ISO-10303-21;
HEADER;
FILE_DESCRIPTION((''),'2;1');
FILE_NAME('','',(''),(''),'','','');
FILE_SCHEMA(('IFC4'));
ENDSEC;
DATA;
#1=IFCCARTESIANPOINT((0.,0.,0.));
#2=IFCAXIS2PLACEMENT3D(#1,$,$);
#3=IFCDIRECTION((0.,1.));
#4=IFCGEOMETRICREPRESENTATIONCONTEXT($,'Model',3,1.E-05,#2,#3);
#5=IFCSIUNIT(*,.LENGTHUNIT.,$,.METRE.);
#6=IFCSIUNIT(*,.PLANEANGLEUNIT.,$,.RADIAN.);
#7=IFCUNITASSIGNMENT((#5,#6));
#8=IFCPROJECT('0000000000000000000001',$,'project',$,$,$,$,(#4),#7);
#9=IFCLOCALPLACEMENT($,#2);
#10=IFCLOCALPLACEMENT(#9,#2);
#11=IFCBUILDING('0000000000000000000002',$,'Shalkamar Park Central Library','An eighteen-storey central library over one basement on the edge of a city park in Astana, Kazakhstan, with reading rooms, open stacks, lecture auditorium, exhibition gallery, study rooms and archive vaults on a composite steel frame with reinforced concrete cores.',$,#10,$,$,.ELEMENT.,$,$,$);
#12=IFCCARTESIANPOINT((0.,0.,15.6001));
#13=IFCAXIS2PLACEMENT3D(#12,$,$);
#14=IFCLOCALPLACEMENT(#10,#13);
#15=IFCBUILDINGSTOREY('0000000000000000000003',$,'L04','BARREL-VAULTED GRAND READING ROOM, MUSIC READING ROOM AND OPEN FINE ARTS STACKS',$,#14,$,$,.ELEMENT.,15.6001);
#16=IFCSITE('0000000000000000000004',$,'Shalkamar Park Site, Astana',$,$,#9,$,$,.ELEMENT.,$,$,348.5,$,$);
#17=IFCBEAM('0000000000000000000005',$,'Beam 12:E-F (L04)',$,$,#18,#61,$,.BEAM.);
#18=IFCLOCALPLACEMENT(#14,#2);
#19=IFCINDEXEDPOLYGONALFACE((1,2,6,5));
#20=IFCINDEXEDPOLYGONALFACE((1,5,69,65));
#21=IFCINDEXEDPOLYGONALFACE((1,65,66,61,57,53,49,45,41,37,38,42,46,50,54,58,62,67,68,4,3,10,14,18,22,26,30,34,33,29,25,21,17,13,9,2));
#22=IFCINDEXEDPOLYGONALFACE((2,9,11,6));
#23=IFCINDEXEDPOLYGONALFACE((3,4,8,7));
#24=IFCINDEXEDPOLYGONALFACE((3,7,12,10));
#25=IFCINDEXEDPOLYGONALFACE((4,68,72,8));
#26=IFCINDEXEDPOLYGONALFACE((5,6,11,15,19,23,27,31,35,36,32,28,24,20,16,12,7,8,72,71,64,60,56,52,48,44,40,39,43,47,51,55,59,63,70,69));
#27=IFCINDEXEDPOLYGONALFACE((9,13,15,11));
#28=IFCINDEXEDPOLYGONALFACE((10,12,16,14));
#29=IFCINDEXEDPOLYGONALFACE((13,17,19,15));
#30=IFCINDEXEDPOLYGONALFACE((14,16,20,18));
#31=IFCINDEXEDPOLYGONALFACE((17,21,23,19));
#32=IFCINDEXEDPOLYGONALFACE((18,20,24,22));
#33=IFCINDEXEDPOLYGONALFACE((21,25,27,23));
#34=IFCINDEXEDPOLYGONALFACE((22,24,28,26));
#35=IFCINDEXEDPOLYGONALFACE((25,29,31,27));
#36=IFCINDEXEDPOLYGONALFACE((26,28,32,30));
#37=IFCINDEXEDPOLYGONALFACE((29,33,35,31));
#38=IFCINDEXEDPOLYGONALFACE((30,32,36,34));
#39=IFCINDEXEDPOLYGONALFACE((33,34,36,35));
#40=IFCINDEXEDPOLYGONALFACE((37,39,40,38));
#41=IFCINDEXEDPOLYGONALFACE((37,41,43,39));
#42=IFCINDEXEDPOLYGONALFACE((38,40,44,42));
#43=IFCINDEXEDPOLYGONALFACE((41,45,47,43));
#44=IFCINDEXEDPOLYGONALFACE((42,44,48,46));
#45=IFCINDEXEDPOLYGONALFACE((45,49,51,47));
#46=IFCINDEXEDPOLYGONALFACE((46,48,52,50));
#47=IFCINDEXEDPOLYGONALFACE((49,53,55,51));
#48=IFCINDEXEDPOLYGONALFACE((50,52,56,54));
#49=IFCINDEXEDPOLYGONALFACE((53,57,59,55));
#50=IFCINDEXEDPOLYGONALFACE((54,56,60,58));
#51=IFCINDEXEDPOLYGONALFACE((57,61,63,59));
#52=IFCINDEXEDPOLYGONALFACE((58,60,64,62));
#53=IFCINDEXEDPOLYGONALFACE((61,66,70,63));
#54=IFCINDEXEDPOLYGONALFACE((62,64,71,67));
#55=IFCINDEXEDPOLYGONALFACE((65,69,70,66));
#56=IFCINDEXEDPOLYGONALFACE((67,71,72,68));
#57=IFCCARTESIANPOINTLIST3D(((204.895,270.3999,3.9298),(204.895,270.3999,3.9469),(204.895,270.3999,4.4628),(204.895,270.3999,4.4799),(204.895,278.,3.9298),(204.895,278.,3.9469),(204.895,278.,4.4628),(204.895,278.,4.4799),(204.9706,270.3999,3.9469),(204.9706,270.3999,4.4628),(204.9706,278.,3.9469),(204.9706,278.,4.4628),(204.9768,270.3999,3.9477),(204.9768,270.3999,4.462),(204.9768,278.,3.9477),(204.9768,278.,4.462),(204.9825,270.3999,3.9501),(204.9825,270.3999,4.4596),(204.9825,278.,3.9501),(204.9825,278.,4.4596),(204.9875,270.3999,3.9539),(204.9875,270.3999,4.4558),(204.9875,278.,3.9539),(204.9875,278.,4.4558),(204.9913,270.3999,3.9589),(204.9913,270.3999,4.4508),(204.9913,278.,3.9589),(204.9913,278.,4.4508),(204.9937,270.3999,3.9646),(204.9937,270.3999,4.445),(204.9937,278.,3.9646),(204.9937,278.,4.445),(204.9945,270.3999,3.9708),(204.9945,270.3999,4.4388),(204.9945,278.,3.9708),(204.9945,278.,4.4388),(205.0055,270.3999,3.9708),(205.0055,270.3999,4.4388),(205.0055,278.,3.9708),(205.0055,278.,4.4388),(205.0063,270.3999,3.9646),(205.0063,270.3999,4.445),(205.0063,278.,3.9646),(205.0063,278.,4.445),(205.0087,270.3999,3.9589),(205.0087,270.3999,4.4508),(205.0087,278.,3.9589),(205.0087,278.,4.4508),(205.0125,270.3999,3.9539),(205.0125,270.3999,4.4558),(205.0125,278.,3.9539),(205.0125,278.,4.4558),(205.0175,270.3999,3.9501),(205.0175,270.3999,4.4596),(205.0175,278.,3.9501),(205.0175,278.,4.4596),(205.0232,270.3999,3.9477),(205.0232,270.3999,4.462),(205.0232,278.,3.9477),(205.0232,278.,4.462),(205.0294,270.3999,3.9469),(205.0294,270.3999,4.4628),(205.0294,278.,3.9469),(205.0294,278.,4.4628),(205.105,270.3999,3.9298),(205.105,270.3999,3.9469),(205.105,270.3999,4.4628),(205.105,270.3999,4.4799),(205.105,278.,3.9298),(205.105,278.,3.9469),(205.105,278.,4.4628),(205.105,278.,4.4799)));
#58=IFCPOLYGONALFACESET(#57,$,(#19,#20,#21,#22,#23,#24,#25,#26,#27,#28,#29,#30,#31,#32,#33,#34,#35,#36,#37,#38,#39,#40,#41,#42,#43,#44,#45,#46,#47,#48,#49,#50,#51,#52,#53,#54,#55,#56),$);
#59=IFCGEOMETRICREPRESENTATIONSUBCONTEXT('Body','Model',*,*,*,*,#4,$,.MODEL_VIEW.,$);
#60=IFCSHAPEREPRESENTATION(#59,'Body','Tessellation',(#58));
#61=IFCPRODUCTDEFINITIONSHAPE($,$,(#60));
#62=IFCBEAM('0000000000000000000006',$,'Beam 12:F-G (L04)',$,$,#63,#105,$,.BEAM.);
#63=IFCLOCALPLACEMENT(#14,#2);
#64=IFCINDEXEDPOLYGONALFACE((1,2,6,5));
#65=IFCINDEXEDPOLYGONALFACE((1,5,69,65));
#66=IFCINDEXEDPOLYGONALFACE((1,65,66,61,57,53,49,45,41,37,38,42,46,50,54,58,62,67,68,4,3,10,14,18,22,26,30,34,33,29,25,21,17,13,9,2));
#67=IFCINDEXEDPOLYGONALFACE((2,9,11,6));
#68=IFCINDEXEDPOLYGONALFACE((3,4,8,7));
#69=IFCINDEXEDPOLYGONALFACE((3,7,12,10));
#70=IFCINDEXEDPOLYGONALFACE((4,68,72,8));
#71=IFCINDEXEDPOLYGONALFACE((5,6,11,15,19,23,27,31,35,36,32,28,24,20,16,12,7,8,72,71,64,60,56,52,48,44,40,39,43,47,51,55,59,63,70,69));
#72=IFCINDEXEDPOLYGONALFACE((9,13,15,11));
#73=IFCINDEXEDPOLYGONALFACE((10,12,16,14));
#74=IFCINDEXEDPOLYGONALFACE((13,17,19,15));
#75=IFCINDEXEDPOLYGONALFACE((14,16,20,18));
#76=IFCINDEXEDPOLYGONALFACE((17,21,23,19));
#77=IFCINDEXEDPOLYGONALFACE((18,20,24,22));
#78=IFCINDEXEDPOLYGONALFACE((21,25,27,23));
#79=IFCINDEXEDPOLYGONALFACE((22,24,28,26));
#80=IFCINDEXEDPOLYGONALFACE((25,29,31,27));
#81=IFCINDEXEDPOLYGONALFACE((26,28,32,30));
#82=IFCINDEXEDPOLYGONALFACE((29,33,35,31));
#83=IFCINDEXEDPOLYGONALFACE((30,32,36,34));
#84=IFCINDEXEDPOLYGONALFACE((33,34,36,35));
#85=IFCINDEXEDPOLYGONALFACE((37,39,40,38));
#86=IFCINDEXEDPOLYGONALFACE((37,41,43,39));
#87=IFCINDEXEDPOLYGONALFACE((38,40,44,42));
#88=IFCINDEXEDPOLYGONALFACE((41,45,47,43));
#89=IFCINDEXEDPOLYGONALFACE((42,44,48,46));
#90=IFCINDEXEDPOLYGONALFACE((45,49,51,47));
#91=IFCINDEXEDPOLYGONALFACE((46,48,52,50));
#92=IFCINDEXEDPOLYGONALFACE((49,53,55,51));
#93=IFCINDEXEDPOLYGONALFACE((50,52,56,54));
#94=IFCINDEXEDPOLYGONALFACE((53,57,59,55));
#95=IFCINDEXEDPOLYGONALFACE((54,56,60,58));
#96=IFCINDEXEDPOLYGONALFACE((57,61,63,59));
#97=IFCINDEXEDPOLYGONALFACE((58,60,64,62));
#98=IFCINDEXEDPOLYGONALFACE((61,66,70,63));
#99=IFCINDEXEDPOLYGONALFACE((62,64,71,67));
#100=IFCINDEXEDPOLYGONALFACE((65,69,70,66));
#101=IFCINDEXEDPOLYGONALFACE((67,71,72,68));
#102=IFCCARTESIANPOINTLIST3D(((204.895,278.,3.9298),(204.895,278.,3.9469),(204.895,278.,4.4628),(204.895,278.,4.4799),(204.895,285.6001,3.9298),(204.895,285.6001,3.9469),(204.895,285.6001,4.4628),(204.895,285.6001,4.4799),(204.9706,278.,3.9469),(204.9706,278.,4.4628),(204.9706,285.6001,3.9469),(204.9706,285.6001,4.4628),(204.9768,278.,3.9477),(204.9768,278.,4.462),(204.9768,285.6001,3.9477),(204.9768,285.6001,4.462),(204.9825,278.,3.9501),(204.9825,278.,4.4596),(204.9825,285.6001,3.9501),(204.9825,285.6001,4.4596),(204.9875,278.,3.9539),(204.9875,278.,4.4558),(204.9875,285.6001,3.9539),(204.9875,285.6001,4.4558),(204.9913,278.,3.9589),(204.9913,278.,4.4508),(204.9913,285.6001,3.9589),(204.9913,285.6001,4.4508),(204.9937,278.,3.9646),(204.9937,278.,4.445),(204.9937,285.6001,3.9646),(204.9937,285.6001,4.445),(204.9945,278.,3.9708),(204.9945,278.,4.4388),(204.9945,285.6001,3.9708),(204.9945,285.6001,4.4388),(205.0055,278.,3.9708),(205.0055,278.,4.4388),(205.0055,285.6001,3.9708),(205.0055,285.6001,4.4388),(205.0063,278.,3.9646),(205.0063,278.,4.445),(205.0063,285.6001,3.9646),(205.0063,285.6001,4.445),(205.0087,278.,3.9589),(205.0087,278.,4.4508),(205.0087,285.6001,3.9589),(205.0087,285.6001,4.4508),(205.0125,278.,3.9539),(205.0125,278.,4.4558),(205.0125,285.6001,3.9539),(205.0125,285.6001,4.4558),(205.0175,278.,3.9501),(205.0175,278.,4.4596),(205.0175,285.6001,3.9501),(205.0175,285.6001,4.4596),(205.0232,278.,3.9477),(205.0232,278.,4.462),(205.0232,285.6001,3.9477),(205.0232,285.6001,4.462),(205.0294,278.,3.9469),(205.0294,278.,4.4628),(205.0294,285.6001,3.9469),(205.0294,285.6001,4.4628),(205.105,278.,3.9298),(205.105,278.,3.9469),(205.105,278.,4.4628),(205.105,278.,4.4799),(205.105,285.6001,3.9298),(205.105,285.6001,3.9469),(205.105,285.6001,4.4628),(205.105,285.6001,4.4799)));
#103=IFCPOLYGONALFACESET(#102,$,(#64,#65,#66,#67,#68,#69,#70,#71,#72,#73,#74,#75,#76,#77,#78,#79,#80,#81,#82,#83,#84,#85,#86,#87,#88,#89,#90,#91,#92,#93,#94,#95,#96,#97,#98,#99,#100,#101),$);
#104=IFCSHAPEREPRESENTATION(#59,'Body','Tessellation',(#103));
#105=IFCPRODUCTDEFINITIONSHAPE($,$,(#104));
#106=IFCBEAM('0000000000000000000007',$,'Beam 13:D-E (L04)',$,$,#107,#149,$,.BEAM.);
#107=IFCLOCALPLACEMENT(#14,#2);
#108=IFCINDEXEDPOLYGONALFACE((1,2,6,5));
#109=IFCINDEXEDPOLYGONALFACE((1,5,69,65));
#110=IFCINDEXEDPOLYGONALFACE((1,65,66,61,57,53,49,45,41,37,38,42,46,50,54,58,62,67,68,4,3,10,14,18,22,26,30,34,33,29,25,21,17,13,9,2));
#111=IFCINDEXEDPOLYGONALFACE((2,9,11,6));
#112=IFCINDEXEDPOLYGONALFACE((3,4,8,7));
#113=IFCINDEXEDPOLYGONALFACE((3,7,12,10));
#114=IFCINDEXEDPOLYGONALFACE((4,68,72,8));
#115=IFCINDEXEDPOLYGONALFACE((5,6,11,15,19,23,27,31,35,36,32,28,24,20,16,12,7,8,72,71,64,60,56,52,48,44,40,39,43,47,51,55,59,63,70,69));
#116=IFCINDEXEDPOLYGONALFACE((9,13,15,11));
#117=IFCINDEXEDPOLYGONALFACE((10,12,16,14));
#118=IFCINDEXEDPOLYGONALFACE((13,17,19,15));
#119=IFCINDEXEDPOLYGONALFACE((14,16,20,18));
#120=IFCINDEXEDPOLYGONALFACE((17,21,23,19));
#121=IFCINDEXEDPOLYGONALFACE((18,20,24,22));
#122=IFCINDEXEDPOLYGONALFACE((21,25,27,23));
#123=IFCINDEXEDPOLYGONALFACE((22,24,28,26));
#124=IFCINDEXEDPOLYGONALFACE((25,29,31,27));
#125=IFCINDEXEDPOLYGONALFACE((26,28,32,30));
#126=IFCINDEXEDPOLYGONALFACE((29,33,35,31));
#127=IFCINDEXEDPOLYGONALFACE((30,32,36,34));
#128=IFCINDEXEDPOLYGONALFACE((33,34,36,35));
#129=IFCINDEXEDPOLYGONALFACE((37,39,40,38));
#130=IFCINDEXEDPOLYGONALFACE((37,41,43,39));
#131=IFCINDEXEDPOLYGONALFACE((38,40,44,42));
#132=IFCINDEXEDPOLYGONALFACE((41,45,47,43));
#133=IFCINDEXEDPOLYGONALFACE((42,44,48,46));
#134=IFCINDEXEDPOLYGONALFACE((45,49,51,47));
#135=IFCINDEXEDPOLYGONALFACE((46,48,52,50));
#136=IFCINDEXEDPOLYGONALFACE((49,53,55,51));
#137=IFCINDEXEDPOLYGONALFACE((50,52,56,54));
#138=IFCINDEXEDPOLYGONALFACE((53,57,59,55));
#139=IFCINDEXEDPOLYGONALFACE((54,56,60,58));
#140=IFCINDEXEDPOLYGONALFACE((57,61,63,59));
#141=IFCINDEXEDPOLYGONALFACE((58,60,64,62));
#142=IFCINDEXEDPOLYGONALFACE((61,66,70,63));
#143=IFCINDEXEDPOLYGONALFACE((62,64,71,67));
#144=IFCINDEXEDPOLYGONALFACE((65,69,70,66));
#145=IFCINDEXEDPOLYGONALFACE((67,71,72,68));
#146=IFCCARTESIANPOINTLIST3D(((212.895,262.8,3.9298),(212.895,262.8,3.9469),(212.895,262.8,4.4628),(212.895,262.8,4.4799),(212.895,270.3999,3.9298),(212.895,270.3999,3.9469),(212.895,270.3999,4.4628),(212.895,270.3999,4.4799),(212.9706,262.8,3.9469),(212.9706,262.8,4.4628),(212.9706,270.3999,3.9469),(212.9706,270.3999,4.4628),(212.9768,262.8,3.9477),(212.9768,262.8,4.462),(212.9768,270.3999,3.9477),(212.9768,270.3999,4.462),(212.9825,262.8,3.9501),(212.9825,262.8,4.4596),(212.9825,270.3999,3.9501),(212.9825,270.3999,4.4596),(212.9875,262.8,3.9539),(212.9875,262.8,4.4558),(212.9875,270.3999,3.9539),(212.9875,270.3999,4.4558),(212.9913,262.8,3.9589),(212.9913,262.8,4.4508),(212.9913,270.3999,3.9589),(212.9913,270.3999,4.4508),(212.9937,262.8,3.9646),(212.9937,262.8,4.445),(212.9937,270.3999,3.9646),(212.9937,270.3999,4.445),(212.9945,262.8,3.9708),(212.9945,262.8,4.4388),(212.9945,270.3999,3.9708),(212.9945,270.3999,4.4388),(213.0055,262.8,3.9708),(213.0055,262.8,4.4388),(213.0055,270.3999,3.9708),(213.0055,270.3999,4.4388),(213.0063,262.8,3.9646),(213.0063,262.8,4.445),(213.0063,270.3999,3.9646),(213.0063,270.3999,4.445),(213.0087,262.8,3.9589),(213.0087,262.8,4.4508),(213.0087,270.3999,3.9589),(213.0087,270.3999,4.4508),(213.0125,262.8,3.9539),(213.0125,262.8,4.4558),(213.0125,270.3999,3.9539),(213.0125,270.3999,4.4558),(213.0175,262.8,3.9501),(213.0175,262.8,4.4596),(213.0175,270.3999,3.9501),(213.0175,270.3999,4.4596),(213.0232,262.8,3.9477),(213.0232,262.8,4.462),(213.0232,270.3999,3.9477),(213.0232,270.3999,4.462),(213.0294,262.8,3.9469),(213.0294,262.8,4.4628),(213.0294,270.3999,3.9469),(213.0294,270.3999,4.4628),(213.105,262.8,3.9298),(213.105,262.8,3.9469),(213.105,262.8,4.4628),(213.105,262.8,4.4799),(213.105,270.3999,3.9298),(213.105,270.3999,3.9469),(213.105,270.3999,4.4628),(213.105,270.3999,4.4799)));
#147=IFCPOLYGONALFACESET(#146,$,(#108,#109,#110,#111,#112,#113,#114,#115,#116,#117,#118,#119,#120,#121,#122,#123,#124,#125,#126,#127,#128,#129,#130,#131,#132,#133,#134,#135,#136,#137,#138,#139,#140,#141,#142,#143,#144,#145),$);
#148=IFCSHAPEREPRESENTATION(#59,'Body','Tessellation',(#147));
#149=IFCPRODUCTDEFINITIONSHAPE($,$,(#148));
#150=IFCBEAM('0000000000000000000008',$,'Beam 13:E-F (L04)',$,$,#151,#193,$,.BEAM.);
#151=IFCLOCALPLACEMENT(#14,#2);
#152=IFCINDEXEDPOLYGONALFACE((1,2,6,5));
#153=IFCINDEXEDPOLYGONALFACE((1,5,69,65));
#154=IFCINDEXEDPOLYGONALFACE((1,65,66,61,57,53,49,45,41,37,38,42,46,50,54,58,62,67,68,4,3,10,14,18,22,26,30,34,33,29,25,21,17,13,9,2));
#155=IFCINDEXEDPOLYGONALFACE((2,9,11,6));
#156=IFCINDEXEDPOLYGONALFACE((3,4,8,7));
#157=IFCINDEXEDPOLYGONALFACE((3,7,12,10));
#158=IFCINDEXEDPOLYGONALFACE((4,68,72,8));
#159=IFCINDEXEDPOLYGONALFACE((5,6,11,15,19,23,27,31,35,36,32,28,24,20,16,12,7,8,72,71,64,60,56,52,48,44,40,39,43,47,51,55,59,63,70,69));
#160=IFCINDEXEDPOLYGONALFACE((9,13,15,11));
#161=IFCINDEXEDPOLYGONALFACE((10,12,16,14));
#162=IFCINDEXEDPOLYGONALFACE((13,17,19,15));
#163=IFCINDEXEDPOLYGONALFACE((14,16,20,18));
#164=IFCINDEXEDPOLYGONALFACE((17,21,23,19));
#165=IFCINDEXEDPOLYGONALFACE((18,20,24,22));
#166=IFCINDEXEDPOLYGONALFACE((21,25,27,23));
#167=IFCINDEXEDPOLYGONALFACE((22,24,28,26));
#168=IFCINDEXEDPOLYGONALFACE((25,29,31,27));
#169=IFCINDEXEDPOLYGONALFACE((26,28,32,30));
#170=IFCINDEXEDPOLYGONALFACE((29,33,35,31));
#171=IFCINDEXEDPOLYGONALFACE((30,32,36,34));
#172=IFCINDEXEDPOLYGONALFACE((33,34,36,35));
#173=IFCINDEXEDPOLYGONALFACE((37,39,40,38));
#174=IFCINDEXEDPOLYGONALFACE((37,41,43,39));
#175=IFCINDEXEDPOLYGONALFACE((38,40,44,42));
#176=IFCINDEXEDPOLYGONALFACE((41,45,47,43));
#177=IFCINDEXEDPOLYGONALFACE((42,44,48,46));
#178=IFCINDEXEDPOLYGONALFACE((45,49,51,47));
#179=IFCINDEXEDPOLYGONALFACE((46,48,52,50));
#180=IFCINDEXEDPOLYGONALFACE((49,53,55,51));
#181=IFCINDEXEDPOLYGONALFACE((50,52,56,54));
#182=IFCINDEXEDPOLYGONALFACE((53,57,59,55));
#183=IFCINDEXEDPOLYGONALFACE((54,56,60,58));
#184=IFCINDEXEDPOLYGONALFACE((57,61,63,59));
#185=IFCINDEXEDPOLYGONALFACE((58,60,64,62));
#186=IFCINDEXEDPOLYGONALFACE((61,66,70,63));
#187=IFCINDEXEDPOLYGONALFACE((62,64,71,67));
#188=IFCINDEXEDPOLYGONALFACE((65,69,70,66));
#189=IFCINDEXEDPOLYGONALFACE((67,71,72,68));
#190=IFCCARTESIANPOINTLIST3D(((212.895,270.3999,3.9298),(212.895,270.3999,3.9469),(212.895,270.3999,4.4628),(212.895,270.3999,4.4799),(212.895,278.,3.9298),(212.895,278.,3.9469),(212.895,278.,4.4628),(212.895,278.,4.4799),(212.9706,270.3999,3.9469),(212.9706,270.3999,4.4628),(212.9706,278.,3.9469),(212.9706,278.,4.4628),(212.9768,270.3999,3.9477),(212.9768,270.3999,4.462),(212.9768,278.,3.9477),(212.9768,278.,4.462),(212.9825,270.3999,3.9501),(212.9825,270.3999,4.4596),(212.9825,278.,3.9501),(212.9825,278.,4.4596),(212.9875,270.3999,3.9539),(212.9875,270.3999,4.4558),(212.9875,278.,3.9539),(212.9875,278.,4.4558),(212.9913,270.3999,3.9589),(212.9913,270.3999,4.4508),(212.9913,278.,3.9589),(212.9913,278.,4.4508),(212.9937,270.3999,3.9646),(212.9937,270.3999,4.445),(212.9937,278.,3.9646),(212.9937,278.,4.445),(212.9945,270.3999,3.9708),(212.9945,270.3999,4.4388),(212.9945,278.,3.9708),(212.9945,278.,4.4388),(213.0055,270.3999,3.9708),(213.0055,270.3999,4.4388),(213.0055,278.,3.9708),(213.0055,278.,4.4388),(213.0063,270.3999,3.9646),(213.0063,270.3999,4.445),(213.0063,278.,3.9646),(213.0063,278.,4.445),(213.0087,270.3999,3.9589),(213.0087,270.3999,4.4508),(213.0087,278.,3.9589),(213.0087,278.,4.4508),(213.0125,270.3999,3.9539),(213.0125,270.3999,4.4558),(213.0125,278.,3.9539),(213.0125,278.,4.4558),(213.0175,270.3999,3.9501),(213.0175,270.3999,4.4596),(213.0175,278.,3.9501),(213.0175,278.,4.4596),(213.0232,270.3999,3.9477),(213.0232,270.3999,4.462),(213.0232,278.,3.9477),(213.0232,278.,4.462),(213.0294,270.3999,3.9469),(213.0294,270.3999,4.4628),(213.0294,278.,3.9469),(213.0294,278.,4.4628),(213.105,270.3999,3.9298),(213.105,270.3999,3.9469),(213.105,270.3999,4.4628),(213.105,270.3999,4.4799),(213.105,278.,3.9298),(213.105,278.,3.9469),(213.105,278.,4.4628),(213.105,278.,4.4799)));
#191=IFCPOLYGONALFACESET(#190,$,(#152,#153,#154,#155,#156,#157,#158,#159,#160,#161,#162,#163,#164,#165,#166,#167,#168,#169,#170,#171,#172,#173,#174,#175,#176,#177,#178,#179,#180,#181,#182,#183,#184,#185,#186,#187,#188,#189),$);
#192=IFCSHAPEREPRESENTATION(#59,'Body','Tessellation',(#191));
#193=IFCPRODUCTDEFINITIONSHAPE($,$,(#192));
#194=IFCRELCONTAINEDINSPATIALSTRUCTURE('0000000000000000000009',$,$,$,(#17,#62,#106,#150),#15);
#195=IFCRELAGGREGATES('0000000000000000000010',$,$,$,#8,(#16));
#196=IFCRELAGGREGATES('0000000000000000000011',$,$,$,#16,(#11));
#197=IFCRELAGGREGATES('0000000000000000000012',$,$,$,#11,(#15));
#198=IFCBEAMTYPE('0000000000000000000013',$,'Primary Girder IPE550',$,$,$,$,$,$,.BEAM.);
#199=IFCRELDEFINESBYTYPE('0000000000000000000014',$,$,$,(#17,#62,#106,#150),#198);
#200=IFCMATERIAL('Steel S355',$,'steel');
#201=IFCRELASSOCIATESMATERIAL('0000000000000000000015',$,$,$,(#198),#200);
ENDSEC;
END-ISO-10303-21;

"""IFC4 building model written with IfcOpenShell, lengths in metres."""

from ifc_helpers import new_model, si_unit, direction, frame, origin, origin_2d, place, context, subcontext, project, spatial, i_section, extrude, material, material_profile, profile_set, type_object, element, save


model = new_model("IFC4")

# Units and contexts
model_context = context("Model", 3, precision=1e-05, world=origin(), true_north=direction((0.0, 1.0)))
body_context = subcontext(model_context, "Body", "Model", "MODEL_VIEW")
ifc_project = project(units=[si_unit("LENGTHUNIT", "METRE"), si_unit("PLANEANGLEUNIT", "RADIAN")], contexts=[model_context])

# Site, building, storey
site_placement = place(None, origin())
site = spatial("IfcSite", under=ifc_project, at=site_placement, Name="Shalkamar Park Site, Astana", CompositionType="ELEMENT", RefElevation=348.5)
building_placement = place(site_placement, origin())
building = spatial("IfcBuilding", under=site, at=building_placement, Name="Shalkamar Park Central Library", Description="An eighteen-storey central library over one basement on the edge of a city park in Astana, Kazakhstan, with reading rooms, open stacks, lecture auditorium, exhibition gallery, study rooms and archive vaults on a composite steel frame with reinforced concrete cores.", CompositionType="ELEMENT")
storey_placement = place(building_placement, frame((0.0, 0.0, 15.6001)))
storey = spatial("IfcBuildingStorey", under=building, at=storey_placement, Name="L04", Description="BARREL-VAULTED GRAND READING ROOM, MUSIC READING ROOM AND OPEN FINE ARTS STACKS", CompositionType="ELEMENT", Elevation=15.6001)

# Shared definitions
ifc_material = material(Name="Steel S355", Category="steel")

# Beams
ifc_material_profile_1 = material_profile(ifc_material, i_section(OverallWidth=0.21, OverallDepth=0.55, WebThickness=0.011, FlangeThickness=0.0171, FilletRadius=0.0239, at=origin_2d()), Name="IPE 550")
ifc_profile_set_1 = profile_set([ifc_material_profile_1], Name="Steel S355")
beam_type_1 = type_object("IfcBeamType", Name="Primary Girder IPE550", PredefinedType="BEAM", material=ifc_profile_set_1)
for number, where, z_axis, x_axis, name in (
    (1, (205.0, 270.3999, 4.2048), (0.0, 1.0, 0.0), (-1.0, 0.0, 0.0), "Beam 12:E-F (L04)"),
    (2, (205.0, 278.0, 4.2048), (0.0, 1.0, 0.0), (-1.0, 0.0, 0.0), "Beam 12:F-G (L04)"),
):
    element("IfcBeam", number, at=place(storey_placement, frame(where, z_axis=z_axis, x_axis=x_axis)), inside=storey, type_object=beam_type_1, Name=name, PredefinedType="BEAM", context=body_context, shape_type="SweptSolid", body=[
        extrude(i_section(OverallWidth=0.21, OverallDepth=0.55, WebThickness=0.011, FlangeThickness=0.0171, FilletRadius=0.0239, at=origin_2d()), origin(), (0.0, 0.0, 1.0), 7.6001),
    ])
beam_1_placement = place(storey_placement, frame((213.0, 262.8, 4.2048), z_axis=(0.0, 1.0, 0.0), x_axis=(-1.0, 0.0, 0.0)))
element("IfcBeam", 3, at=beam_1_placement, inside=storey, type_object=beam_type_1, Name="Beam 13:D-E (L04)", PredefinedType="BEAM", context=body_context, shape_type="SweptSolid", body=[
    extrude(i_section(OverallWidth=0.21, OverallDepth=0.55, WebThickness=0.011, FlangeThickness=0.0171, FilletRadius=0.0239, at=origin_2d()), origin(), (0.0, 0.0, 1.0), 7.5999),
])
for number, where, z_axis, x_axis, name in (
    (4, (213.0, 270.3999, 4.2048), (0.0, 1.0, 0.0), (-1.0, 0.0, 0.0), "Beam 13:E-F (L04)"),
):
    element("IfcBeam", number, at=place(storey_placement, frame(where, z_axis=z_axis, x_axis=x_axis)), inside=storey, type_object=beam_type_1, Name=name, PredefinedType="BEAM", context=body_context, shape_type="SweptSolid", body=[
        extrude(i_section(OverallWidth=0.21, OverallDepth=0.55, WebThickness=0.011, FlangeThickness=0.0171, FilletRadius=0.0239, at=origin_2d()), origin(), (0.0, 0.0, 1.0), 7.6001),
    ])

save(model, "model.ifc")
